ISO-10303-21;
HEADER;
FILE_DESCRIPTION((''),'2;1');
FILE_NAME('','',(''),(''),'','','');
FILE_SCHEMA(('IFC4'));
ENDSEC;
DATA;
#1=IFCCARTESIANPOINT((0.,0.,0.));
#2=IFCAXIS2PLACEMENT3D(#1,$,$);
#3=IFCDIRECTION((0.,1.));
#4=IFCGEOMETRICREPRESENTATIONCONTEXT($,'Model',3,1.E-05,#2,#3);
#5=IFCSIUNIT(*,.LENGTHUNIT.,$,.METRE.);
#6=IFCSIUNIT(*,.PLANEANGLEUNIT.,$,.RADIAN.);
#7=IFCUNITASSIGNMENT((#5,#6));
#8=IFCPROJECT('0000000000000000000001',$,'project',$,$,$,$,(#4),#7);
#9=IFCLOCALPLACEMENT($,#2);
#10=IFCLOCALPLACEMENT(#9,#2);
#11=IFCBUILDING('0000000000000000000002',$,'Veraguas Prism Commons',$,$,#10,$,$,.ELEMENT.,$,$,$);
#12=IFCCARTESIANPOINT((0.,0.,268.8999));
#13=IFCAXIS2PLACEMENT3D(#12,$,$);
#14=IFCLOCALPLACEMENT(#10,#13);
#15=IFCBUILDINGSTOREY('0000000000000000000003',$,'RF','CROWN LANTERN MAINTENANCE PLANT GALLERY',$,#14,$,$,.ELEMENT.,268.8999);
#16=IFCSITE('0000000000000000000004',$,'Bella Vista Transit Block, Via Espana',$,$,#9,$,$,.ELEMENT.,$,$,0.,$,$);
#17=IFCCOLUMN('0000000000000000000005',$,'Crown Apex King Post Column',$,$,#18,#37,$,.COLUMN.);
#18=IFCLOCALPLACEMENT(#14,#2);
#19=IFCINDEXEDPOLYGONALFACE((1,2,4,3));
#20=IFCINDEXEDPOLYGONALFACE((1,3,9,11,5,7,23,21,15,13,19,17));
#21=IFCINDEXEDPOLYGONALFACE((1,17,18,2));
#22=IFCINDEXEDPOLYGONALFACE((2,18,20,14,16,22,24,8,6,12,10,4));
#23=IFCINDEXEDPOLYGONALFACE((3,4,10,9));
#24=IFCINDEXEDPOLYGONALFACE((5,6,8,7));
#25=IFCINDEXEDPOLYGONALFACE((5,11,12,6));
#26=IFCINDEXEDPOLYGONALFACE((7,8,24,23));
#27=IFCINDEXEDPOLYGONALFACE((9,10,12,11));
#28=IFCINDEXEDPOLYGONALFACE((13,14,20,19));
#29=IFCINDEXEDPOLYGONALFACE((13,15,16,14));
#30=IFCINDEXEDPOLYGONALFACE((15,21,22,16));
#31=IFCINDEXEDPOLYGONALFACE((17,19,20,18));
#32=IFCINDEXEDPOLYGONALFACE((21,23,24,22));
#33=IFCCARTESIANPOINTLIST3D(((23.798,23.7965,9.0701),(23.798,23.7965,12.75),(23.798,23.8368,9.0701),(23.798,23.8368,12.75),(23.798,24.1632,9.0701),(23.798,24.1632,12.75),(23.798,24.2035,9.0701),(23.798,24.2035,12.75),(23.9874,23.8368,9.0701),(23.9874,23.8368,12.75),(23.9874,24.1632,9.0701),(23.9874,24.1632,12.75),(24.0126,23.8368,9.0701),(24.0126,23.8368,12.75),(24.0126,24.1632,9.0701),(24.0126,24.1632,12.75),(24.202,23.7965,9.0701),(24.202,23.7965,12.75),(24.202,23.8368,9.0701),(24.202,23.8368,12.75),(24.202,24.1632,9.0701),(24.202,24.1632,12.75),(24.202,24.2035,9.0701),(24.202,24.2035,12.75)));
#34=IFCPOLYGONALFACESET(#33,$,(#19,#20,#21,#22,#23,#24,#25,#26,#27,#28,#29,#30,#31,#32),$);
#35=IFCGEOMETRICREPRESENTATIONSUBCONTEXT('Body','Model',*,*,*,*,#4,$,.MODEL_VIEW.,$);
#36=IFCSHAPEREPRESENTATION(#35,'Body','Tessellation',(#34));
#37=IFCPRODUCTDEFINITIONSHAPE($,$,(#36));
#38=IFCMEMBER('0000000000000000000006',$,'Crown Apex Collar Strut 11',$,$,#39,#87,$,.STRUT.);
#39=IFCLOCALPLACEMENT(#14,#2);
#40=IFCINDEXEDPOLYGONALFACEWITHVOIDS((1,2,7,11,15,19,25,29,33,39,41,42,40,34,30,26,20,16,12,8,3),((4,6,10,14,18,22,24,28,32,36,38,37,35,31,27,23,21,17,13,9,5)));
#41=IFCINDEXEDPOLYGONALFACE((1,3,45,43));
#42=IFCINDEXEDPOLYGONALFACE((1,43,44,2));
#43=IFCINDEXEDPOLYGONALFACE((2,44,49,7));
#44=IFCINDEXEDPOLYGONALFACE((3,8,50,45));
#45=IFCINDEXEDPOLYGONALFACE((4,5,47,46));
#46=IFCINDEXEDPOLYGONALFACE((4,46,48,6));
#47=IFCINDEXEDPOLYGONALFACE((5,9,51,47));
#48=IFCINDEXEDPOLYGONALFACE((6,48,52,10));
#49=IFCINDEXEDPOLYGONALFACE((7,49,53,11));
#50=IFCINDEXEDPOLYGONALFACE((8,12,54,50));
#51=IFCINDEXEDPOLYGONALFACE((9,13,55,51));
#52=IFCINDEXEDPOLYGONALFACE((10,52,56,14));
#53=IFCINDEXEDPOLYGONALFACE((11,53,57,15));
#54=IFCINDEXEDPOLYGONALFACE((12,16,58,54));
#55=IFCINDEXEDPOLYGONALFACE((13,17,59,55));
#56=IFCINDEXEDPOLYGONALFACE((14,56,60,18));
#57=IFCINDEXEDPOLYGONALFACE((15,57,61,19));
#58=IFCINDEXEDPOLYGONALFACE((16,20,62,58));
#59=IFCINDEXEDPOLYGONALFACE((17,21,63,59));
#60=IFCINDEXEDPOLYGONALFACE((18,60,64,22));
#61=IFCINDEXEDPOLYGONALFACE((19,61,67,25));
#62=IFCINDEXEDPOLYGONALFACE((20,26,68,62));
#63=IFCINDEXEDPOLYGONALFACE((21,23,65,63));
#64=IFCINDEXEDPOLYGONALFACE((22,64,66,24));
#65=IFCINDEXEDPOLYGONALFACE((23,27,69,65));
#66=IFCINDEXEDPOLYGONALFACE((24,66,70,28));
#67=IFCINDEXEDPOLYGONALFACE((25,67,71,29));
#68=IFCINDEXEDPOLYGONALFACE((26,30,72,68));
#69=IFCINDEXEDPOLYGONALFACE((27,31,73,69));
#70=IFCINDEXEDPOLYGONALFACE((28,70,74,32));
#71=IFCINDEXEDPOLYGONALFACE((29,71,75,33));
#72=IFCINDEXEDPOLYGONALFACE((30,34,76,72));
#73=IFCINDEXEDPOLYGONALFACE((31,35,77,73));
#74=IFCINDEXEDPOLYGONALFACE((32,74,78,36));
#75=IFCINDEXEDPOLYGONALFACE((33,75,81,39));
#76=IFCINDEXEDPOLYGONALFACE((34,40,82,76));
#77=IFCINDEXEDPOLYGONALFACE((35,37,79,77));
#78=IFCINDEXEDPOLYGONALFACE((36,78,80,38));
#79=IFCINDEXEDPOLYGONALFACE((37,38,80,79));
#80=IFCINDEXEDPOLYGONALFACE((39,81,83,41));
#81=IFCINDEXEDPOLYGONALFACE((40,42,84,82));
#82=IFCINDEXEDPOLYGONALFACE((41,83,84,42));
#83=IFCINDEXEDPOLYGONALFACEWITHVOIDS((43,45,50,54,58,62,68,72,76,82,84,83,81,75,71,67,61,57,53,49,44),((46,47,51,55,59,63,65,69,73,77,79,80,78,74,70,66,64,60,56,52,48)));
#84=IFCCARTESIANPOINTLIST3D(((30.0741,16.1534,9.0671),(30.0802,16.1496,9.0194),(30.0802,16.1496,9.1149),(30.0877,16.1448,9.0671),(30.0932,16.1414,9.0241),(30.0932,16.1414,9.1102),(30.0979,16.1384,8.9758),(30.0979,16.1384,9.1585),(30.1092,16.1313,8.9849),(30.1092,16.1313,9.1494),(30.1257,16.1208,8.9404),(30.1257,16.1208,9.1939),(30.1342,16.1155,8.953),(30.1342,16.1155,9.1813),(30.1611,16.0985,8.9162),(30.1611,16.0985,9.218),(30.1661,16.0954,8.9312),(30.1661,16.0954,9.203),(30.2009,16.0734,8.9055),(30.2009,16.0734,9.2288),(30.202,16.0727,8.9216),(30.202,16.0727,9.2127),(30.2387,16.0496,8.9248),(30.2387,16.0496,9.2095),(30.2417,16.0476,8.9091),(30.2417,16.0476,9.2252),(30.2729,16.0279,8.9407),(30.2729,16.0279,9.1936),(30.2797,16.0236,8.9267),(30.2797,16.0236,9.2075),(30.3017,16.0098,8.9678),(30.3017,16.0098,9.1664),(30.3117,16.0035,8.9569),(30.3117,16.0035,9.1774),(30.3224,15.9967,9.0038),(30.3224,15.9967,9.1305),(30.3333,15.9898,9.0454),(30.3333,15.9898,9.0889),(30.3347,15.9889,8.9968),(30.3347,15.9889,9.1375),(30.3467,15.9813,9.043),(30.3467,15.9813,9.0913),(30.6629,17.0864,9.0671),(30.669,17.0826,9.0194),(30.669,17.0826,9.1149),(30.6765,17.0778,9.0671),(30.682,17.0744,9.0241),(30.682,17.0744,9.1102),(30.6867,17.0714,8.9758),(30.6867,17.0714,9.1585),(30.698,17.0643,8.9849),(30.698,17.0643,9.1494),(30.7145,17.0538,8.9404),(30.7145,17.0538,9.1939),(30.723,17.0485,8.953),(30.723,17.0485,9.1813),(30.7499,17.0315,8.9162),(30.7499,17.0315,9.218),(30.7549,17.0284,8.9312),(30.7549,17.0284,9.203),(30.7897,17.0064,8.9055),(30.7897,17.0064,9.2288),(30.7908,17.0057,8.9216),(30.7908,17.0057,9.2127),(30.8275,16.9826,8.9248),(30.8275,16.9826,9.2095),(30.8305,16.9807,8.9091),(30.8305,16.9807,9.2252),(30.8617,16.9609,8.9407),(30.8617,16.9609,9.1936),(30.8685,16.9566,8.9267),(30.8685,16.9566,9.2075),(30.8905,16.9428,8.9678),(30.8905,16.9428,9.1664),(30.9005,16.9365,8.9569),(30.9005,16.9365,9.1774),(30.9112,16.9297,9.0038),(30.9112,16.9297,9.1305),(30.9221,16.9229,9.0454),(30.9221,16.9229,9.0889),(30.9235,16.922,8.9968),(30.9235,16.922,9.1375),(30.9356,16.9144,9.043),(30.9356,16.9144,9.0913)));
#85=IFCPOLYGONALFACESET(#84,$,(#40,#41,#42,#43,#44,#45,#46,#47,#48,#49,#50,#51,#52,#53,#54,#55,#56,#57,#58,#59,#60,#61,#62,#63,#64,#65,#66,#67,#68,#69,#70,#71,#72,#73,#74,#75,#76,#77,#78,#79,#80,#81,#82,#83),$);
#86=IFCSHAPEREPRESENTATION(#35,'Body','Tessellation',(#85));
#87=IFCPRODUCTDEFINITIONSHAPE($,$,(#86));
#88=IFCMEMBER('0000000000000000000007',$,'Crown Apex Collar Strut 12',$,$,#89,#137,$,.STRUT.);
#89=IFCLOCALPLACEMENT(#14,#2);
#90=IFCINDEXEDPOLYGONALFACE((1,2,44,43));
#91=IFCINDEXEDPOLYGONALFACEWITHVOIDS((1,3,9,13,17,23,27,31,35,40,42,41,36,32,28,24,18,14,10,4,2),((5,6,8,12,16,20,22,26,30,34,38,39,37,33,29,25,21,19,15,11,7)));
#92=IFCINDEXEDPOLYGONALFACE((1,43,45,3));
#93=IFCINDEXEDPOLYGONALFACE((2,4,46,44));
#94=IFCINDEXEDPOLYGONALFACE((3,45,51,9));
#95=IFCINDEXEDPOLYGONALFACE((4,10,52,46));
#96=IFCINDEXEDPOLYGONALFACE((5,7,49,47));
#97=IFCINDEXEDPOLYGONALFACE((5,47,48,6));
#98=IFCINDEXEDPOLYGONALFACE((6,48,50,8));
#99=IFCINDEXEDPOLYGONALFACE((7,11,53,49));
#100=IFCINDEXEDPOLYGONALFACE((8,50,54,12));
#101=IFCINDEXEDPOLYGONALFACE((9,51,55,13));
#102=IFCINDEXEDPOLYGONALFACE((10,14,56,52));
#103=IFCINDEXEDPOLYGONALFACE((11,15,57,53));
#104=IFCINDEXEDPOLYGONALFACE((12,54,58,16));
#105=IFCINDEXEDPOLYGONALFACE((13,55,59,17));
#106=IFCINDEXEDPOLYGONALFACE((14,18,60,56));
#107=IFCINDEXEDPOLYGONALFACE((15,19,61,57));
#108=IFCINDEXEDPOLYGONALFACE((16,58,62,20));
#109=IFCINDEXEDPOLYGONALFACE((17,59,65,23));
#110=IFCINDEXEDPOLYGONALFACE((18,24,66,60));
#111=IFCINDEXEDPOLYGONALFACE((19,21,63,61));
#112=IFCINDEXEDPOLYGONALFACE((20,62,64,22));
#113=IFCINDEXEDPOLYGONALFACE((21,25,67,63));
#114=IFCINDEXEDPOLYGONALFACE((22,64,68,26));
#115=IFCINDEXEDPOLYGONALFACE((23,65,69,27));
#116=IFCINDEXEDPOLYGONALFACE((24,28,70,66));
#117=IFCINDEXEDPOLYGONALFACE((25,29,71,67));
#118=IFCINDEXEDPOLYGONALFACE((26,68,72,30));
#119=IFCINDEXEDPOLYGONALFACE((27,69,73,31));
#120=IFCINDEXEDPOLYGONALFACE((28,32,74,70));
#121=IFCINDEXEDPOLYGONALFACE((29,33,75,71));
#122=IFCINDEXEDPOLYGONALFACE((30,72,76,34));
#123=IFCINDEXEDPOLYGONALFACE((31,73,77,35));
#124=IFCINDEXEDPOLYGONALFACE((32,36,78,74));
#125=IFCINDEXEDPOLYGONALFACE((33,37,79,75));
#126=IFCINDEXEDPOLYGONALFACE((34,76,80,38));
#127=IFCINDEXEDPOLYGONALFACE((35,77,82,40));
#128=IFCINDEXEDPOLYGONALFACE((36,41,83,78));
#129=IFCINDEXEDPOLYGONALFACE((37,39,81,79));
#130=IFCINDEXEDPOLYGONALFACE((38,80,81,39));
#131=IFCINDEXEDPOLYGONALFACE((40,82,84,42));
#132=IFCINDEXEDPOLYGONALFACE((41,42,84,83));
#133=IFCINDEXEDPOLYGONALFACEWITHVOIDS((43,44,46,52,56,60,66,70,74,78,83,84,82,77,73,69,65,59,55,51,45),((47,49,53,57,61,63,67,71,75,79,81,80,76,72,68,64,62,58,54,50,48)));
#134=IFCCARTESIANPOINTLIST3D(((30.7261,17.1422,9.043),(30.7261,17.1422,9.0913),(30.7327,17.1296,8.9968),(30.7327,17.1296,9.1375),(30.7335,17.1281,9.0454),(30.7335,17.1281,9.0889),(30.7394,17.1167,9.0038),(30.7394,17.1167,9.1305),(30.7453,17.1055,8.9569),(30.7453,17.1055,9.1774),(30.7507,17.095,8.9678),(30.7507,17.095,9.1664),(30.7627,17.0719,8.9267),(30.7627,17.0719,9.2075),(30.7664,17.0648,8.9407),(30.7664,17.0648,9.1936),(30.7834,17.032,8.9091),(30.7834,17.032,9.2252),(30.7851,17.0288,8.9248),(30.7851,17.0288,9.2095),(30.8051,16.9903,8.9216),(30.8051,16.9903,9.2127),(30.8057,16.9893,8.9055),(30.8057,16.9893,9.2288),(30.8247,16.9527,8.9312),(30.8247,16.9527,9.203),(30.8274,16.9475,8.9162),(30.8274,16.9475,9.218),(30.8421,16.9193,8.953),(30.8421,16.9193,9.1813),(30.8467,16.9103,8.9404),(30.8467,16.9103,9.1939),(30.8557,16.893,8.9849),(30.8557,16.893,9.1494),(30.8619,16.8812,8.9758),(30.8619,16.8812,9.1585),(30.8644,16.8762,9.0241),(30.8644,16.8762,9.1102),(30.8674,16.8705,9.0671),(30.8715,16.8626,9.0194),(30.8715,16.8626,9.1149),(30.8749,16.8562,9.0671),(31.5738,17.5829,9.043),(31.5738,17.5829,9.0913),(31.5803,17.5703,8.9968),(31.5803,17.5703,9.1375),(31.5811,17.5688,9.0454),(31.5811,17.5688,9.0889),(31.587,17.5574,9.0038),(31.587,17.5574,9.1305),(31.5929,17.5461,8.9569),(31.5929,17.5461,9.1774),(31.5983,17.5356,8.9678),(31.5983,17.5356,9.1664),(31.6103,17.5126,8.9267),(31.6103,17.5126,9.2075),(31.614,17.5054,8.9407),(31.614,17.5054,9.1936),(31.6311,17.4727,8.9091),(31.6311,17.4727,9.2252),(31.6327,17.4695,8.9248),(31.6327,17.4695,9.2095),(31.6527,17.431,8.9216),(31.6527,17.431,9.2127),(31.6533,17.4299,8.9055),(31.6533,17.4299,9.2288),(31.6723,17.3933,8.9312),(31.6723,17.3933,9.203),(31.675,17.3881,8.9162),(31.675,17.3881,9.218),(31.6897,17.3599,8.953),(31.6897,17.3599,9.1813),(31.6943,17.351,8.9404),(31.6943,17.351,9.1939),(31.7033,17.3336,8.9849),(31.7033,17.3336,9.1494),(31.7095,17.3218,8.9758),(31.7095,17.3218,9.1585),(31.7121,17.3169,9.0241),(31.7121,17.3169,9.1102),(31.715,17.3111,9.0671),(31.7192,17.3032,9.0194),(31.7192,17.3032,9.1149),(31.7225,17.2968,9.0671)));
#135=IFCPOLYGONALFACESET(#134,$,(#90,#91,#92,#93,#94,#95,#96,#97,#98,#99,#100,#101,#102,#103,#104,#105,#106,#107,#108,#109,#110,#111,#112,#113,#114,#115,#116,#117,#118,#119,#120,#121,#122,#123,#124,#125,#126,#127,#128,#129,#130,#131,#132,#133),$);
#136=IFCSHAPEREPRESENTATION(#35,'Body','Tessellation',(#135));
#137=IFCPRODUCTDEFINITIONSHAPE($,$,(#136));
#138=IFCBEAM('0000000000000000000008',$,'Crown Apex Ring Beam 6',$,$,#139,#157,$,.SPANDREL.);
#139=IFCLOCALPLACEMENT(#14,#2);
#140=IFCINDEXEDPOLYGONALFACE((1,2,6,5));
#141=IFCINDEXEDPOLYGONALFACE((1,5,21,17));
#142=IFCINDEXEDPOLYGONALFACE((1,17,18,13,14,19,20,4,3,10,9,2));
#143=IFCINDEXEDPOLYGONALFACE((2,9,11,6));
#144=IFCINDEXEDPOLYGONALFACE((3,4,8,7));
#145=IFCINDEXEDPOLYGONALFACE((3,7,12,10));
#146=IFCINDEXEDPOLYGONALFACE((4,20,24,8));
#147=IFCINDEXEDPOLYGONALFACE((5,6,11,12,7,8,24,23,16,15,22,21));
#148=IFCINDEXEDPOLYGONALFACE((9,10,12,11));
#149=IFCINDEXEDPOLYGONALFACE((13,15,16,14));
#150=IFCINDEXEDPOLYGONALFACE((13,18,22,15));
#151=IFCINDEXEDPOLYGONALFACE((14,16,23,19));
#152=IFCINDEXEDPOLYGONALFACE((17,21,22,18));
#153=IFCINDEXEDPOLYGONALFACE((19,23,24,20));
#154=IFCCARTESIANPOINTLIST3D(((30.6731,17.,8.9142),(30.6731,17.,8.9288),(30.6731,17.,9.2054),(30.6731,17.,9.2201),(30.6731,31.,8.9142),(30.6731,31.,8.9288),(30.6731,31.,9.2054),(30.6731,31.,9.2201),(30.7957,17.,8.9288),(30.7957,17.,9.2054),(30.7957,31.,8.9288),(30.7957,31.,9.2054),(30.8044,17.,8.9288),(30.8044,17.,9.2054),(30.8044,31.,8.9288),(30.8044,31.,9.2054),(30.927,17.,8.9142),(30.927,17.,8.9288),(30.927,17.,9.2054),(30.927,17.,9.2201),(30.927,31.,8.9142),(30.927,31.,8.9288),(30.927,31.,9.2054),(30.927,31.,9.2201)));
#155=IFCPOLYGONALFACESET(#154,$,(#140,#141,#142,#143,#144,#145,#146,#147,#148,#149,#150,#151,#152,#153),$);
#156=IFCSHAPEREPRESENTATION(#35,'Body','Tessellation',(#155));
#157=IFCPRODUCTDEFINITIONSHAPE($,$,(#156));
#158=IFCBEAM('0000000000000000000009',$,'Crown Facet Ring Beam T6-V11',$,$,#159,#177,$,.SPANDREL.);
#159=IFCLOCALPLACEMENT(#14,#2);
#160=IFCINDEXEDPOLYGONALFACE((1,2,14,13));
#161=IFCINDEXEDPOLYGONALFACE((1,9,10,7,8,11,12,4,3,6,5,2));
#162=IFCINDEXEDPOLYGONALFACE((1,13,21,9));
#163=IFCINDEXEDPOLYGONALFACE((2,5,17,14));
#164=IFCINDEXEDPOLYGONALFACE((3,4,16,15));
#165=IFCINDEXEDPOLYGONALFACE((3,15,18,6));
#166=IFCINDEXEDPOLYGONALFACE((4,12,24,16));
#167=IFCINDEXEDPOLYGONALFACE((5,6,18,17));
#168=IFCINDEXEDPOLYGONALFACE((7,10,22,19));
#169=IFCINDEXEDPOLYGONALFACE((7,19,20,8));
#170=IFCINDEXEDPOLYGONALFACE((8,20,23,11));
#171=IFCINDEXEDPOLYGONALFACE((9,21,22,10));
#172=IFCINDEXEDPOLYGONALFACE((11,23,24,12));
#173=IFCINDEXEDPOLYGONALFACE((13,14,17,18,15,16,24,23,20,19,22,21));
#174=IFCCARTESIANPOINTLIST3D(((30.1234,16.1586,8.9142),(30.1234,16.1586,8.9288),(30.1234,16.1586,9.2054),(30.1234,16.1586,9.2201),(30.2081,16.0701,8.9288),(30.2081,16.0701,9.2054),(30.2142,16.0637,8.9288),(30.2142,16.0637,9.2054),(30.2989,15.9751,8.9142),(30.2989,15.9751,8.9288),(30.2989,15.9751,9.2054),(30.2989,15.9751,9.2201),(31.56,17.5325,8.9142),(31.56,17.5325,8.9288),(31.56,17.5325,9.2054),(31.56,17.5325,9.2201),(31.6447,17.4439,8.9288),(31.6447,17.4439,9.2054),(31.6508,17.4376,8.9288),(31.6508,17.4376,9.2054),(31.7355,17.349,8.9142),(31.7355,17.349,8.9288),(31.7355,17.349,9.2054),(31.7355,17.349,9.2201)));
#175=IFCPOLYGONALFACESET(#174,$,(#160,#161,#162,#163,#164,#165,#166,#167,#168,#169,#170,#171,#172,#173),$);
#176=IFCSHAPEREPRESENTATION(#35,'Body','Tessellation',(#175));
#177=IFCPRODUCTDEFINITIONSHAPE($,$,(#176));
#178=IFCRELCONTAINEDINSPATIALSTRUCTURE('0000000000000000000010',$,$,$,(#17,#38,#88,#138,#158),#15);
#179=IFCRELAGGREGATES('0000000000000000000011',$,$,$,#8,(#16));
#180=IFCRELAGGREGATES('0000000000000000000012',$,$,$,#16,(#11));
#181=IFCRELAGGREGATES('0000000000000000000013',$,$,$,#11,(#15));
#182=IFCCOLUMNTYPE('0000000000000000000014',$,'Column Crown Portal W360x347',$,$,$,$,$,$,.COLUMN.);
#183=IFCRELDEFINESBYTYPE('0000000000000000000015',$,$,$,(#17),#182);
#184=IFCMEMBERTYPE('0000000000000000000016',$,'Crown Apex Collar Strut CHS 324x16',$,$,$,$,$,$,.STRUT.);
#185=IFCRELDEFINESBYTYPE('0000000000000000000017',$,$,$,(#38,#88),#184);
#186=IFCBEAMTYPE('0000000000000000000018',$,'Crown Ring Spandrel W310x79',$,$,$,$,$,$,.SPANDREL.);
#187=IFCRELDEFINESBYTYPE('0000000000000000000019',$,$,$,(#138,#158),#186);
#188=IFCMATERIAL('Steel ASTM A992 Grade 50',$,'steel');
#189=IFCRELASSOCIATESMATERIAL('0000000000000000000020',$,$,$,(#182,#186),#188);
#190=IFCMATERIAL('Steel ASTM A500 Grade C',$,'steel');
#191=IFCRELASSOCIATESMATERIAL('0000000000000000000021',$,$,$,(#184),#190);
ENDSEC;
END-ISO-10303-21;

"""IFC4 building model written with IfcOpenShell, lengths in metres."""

from ifc_helpers import new_model, si_unit, direction, frame, origin, origin_2d, place, context, subcontext, project, spatial, hollow_circle, i_section, extrude, material, material_profile, profile_set, type_object, element, save


model = new_model("IFC4")

# Units and contexts
model_context = context("Model", 3, precision=1e-05, world=origin(), true_north=direction((0.0, 1.0)))
body_context = subcontext(model_context, "Body", "Model", "MODEL_VIEW")
ifc_project = project(units=[si_unit("LENGTHUNIT", "METRE"), si_unit("PLANEANGLEUNIT", "RADIAN")], contexts=[model_context])

# Site, building, storey
site_placement = place(None, origin())
site = spatial("IfcSite", under=ifc_project, at=site_placement, Name="Bella Vista Transit Block, Via Espana", CompositionType="ELEMENT", RefElevation=0.0)
building_placement = place(site_placement, origin())
building = spatial("IfcBuilding", under=site, at=building_placement, Name="Veraguas Prism Commons", CompositionType="ELEMENT")
storey_placement = place(building_placement, frame((0.0, 0.0, 268.8999)))
storey = spatial("IfcBuildingStorey", under=building, at=storey_placement, Name="RF", Description="CROWN LANTERN MAINTENANCE PLANT GALLERY", CompositionType="ELEMENT", Elevation=268.8999)

# Column
ifc_material_1 = material(Name="Steel ASTM A992 Grade 50", Category="steel")
ifc_material_profile_1 = material_profile(ifc_material_1, i_section(OverallWidth=0.4041, OverallDepth=0.407, WebThickness=0.0251, FlangeThickness=0.0403, at=origin_2d()), Name="W360X347")
ifc_profile_set_1 = profile_set([ifc_material_profile_1], Name="Steel ASTM A992 Grade 50")
column_type = type_object("IfcColumnType", Name="Column Crown Portal W360x347", PredefinedType="COLUMN", material=ifc_profile_set_1)
column_placement = place(storey_placement, frame((24.0, 24.0, 9.0701), z_axis=(0.0, 0.0, 1.0), x_axis=(1.0, 0.0, 0.0)))
element("IfcColumn", 1, at=column_placement, inside=storey, type_object=column_type, Name="Crown Apex King Post Column", PredefinedType="COLUMN", context=body_context, shape_type="SweptSolid", body=[
    extrude(i_section(OverallWidth=0.4041, OverallDepth=0.407, WebThickness=0.0251, FlangeThickness=0.0403, at=origin_2d()), origin(), (0.0, 0.0, 1.0), 3.6799),
])

# Members
ifc_material_2 = material(Name="Steel ASTM A500 Grade C", Category="steel")
ifc_material_profile_2 = material_profile(ifc_material_2, hollow_circle(Radius=0.1621, WallThickness=0.0161, at=origin_2d()), Name="CHS324X16")
ifc_profile_set_2 = profile_set([ifc_material_profile_2], Name="Steel ASTM A500 Grade C")
member_type_1 = type_object("IfcMemberType", Name="Crown Apex Collar Strut CHS 324x16", PredefinedType="STRUT", material=ifc_profile_set_2)
member_1_placement = place(storey_placement, frame((30.2112, 16.0669, 9.0671), z_axis=(0.533693, 0.845678, 0.0), x_axis=(-0.845678, 0.533693, 0.0)))
element("IfcMember", 2, at=member_1_placement, inside=storey, type_object=member_type_1, Name="Crown Apex Collar Strut 11", PredefinedType="STRUT", context=body_context, shape_type="SweptSolid", body=[
    extrude(hollow_circle(Radius=0.1621, WallThickness=0.0161, at=origin_2d()), origin(), (0.0, 0.0, 1.0), 1.1033),
])
member_2_placement = place(storey_placement, frame((31.6477, 17.4407, 9.0671), z_axis=(-0.887263, -0.461264, 0.0), x_axis=(0.461264, -0.887263, 0.0)))
element("IfcMember", 3, at=member_2_placement, inside=storey, type_object=member_type_1, Name="Crown Apex Collar Strut 12", PredefinedType="STRUT", context=body_context, shape_type="SweptSolid", body=[
    extrude(hollow_circle(Radius=0.1621, WallThickness=0.0161, at=origin_2d()), origin(), (0.0, 0.0, 1.0), 0.9553),
])

# Beams
ifc_material_profile_3 = material_profile(ifc_material_1, i_section(OverallWidth=0.2539, OverallDepth=0.3059, WebThickness=0.0088, FlangeThickness=0.0146, at=origin_2d()), Name="W310X79")
ifc_profile_set_3 = profile_set([ifc_material_profile_3], Name="Steel ASTM A992 Grade 50")
beam_type_1 = type_object("IfcBeamType", Name="Crown Ring Spandrel W310x79", PredefinedType="SPANDREL", material=ifc_profile_set_3)
beam_1_placement = place(storey_placement, frame((30.8, 17.0, 9.0671), z_axis=(0.0, 1.0, 0.0), x_axis=(-1.0, 0.0, 0.0)))
element("IfcBeam", 4, at=beam_1_placement, inside=storey, type_object=beam_type_1, Name="Crown Apex Ring Beam 6", PredefinedType="SPANDREL", context=body_context, shape_type="SweptSolid", body=[
    extrude(i_section(OverallWidth=0.2539, OverallDepth=0.3059, WebThickness=0.0088, FlangeThickness=0.0146, at=origin_2d()), origin(), (0.0, 0.0, 1.0), 14.0),
])
beam_2_placement = place(storey_placement, frame((30.2112, 16.0669, 9.0671), z_axis=(0.722714, 0.691147, 0.0), x_axis=(-0.691147, 0.722714, 0.0)))
element("IfcBeam", 5, at=beam_2_placement, inside=storey, type_object=beam_type_1, Name="Crown Facet Ring Beam T6-V11", PredefinedType="SPANDREL", context=body_context, shape_type="SweptSolid", body=[
    extrude(i_section(OverallWidth=0.2539, OverallDepth=0.3059, WebThickness=0.0088, FlangeThickness=0.0146, at=origin_2d()), origin(), (0.0, 0.0, 1.0), 1.9878),
])

save(model, "model.ifc")
